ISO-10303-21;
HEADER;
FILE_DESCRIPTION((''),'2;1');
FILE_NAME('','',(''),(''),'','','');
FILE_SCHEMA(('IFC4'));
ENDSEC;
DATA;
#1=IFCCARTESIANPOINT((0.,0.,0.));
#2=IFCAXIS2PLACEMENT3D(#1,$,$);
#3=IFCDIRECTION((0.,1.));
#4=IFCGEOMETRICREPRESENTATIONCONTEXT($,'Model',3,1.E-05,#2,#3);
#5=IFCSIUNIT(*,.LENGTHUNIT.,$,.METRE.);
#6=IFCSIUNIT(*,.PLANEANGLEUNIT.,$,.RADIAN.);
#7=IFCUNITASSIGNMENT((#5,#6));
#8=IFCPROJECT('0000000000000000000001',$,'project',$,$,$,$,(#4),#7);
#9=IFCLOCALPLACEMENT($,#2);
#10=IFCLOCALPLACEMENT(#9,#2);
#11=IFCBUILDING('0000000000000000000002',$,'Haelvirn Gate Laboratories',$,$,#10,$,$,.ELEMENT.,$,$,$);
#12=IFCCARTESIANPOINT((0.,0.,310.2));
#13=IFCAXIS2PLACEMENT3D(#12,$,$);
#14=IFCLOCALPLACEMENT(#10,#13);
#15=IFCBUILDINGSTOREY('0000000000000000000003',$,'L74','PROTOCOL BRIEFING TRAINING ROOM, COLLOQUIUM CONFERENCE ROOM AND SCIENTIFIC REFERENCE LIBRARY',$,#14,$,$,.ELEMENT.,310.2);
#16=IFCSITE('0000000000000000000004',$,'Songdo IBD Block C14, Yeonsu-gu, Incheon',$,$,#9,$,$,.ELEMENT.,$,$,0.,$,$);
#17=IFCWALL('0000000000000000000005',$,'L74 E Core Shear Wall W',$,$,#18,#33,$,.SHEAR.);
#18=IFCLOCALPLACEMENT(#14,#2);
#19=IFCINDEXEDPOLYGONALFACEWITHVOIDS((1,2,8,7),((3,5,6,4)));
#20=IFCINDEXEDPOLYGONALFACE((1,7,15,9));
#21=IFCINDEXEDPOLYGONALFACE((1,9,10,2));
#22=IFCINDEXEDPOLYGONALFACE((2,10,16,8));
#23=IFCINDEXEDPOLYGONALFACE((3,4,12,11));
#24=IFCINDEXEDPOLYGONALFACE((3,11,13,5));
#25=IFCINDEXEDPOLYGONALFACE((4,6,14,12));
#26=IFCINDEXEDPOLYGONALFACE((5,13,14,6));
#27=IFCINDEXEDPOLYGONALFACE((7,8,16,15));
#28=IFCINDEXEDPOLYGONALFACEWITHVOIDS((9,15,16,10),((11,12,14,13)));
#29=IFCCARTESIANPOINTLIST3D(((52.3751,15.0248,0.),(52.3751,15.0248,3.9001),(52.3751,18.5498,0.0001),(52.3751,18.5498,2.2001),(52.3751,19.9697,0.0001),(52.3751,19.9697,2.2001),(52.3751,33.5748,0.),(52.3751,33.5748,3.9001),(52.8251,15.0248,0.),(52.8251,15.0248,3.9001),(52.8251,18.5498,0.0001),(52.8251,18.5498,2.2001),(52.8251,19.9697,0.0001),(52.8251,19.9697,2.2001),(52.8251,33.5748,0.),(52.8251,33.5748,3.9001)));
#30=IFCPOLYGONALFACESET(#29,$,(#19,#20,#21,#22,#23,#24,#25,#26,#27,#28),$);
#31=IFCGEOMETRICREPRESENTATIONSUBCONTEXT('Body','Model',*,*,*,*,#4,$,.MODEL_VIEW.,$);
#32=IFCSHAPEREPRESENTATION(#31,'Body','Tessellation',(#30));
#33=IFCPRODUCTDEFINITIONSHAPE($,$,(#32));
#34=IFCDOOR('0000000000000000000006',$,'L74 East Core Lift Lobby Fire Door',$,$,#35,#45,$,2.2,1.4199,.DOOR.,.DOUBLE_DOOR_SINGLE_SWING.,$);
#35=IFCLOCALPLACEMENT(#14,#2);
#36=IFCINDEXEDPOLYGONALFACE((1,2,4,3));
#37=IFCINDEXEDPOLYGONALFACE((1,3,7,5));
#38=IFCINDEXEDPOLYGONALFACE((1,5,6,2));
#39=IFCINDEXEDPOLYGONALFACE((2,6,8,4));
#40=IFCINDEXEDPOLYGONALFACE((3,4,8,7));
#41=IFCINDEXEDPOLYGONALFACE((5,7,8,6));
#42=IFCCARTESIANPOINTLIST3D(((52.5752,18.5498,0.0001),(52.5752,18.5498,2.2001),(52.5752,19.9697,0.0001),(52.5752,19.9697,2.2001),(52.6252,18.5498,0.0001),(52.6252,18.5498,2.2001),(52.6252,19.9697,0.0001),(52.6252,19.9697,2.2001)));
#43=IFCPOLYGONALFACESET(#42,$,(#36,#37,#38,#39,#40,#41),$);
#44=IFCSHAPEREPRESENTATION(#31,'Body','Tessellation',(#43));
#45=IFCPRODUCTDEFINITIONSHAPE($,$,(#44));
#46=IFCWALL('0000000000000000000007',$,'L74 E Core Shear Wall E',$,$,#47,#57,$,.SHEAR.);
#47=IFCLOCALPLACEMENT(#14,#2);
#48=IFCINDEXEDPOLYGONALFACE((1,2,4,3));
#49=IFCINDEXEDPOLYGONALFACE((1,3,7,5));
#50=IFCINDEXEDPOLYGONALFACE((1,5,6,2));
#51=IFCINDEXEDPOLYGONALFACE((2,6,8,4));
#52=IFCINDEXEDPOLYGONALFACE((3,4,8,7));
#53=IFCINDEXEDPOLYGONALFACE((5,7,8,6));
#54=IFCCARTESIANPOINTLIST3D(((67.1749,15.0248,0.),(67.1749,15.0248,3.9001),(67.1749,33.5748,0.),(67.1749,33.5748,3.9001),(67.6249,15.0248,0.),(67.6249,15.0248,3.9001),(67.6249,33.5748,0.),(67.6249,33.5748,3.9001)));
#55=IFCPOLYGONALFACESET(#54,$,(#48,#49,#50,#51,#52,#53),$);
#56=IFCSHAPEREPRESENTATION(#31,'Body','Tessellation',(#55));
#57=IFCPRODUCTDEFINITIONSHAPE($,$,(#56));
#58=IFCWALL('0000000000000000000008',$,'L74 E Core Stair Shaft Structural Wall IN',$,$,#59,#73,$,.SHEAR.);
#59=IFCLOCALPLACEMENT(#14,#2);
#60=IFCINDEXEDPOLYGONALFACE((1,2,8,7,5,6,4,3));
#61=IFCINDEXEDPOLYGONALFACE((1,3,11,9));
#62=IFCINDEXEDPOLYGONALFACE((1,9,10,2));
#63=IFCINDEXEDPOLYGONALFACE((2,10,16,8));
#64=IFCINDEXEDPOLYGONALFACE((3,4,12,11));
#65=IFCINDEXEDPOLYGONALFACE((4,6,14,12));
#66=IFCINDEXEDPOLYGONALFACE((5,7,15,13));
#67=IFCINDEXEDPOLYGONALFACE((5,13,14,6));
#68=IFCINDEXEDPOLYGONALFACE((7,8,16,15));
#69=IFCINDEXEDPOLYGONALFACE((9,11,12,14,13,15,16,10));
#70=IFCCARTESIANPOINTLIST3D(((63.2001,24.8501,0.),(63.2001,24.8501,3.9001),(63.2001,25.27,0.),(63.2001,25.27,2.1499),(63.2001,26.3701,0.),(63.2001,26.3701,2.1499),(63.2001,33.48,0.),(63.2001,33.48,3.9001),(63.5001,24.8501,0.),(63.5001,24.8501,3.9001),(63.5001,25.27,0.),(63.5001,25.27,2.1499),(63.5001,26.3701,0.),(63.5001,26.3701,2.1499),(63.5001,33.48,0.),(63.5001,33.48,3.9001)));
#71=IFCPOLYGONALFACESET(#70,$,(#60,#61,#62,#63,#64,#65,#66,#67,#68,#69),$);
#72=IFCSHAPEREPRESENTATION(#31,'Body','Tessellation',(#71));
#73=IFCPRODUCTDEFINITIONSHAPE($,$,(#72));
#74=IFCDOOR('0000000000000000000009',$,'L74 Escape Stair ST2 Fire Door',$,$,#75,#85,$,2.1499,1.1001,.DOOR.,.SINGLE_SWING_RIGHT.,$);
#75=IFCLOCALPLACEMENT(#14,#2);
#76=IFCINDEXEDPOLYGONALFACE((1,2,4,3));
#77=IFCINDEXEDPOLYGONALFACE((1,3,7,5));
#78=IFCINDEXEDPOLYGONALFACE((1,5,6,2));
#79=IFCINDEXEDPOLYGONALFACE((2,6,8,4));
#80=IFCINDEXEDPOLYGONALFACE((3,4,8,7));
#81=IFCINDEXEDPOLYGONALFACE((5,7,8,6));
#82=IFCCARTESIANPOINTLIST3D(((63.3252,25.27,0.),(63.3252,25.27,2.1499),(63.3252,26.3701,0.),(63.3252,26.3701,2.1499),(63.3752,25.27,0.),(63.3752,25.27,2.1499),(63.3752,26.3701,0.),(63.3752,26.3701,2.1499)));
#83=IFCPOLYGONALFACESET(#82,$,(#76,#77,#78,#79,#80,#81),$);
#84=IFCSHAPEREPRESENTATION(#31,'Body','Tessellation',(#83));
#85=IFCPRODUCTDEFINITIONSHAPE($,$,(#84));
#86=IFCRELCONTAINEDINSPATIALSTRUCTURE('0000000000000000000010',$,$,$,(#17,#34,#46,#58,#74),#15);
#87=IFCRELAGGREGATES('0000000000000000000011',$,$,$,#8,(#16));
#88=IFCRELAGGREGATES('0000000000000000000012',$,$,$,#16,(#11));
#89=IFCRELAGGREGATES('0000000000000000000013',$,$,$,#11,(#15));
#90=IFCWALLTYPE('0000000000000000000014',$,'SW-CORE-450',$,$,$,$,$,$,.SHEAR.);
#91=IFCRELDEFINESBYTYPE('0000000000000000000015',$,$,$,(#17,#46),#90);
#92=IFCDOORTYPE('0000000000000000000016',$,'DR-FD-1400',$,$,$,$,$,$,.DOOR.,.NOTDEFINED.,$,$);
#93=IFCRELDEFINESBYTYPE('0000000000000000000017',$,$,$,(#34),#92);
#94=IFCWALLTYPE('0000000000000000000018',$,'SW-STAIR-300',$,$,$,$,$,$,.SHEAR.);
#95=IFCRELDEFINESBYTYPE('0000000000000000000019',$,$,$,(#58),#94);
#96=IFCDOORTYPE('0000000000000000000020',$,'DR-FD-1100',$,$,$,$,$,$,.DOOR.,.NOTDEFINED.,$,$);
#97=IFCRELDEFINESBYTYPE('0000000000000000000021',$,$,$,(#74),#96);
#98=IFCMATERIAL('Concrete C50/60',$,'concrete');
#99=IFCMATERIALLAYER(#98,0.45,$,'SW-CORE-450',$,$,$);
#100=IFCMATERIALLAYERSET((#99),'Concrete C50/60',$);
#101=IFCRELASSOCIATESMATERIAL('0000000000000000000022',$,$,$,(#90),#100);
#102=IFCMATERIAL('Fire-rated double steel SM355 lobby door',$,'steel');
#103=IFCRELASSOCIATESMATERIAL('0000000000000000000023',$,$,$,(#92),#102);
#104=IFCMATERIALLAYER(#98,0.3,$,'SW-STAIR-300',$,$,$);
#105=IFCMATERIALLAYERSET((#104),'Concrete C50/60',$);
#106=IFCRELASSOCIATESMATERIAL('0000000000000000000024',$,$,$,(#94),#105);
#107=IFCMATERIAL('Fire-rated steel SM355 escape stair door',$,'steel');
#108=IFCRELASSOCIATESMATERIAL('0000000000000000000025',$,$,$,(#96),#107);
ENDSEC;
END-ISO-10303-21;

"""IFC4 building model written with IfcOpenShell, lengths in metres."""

from ifc_helpers import new_model, si_unit, direction, frame, frame_2d, origin, place, context, subcontext, project, spatial, rectangle, extrude, source, transform, mapped, material, layer, layer_set, type_object, type_shapes, element, fill, save


model = new_model("IFC4")

# Units and contexts
model_context = context("Model", 3, precision=1e-05, world=origin(), true_north=direction((0.0, 1.0)))
body_context = subcontext(model_context, "Body", "Model", "MODEL_VIEW")
ifc_project = project(units=[si_unit("LENGTHUNIT", "METRE"), si_unit("PLANEANGLEUNIT", "RADIAN")], contexts=[model_context])

# Site, building, storey
site_placement = place(None, origin())
site = spatial("IfcSite", under=ifc_project, at=site_placement, Name="Songdo IBD Block C14, Yeonsu-gu, Incheon", CompositionType="ELEMENT", RefElevation=0.0)
building_placement = place(site_placement, origin())
building = spatial("IfcBuilding", under=site, at=building_placement, Name="Haelvirn Gate Laboratories", CompositionType="ELEMENT")
storey_placement = place(building_placement, frame((0.0, 0.0, 310.2)))
storey = spatial("IfcBuildingStorey", under=building, at=storey_placement, Name="L74", Description="PROTOCOL BRIEFING TRAINING ROOM, COLLOQUIUM CONFERENCE ROOM AND SCIENTIFIC REFERENCE LIBRARY", CompositionType="ELEMENT", Elevation=310.2)

# Shared definitions
ifc_material_1 = material(Name="Concrete C50/60", Category="concrete")

# Wall, opening, door
ifc_layer_1 = layer(ifc_material_1, 0.45, Name="SW-CORE-450")
ifc_layer_set_1 = layer_set([ifc_layer_1], Name="Concrete C50/60")
wall_type_1 = type_object("IfcWallType", Name="SW-CORE-450", PredefinedType="SHEAR", material=ifc_layer_set_1)
wall_1_placement = place(storey_placement, frame((52.6001, 15.0249, 0.0), z_axis=(0.0, 0.0, 1.0), x_axis=(0.0, 1.0, 0.0)))
wall_1 = element("IfcWall", 1, at=wall_1_placement, inside=storey, type_object=wall_type_1, Name="L74 E Core Shear Wall W", PredefinedType="SHEAR", context=body_context, shape_type="SweptSolid", body=[
    extrude(rectangle(XDim=18.55, YDim=0.45, at=frame_2d((9.2749, 0.0))), origin(), (0.0, 0.0, 1.0), 3.9001),
])
opening_1_placement = place(wall_1_placement, frame((3.5249, 0.0, 0.0)))
opening_1 = element("IfcOpeningElement", 2, at=opening_1_placement, cuts=wall_1, PredefinedType="OPENING", context=body_context, shape_type="SweptSolid", body=[
    extrude(rectangle(XDim=1.4199, YDim=2.2, at=frame_2d((0.71, 1.1001))), frame((0.0, 0.2349, 0.0), z_axis=(0.0, -1.0, 0.0), x_axis=(1.0, 0.0, 0.0)), (0.0, 0.0, 1.0), 0.47),
])
ifc_material_2 = material(Name="Fire-rated double steel SM355 lobby door", Category="steel")
door_type_1 = type_object("IfcDoorType", Name="DR-FD-1400", OperationType="NOTDEFINED", PredefinedType="DOOR", material=ifc_material_2)
shared_shape_1 = source(origin(), body_context, "Body", "SweptSolid", [
    extrude(rectangle(XDim=1.4199, YDim=2.2, at=frame_2d((0.71, 1.1001))), frame((0.0, 0.0249, 0.0), z_axis=(0.0, -1.0, 0.0), x_axis=(1.0, 0.0, 0.0)), (0.0, 0.0, 1.0), 0.05),
])
type_shapes(door_type_1, [shared_shape_1])
door_1_placement = place(opening_1_placement, origin())
door_1 = element("IfcDoor", 3, at=door_1_placement, inside=storey, type_object=door_type_1, Name="L74 East Core Lift Lobby Fire Door", OperationType="DOUBLE_DOOR_SINGLE_SWING", OverallHeight=2.2, OverallWidth=1.4199, PredefinedType="DOOR", context=body_context, shape_type="MappedRepresentation", body=[
    mapped(shared_shape_1, transform((0.0, 0.0, 0.0), scale=1.0)),
])
fill(opening_1, door_1)

# Wall
wall_2_placement = place(storey_placement, frame((67.3999, 15.0249, 0.0), z_axis=(0.0, 0.0, 1.0), x_axis=(0.0, 1.0, 0.0)))
element("IfcWall", 4, at=wall_2_placement, inside=storey, type_object=wall_type_1, Name="L74 E Core Shear Wall E", PredefinedType="SHEAR", context=body_context, shape_type="SweptSolid", body=[
    extrude(rectangle(XDim=18.55, YDim=0.45, at=frame_2d((9.2749, 0.0))), origin(), (0.0, 0.0, 1.0), 3.9001),
])

# Wall, opening, door
ifc_layer_2 = layer(ifc_material_1, 0.3, Name="SW-STAIR-300")
ifc_layer_set_2 = layer_set([ifc_layer_2], Name="Concrete C50/60")
wall_type_2 = type_object("IfcWallType", Name="SW-STAIR-300", PredefinedType="SHEAR", material=ifc_layer_set_2)
wall_3_placement = place(storey_placement, frame((63.3501, 24.8501, 0.0), z_axis=(0.0, 0.0, 1.0), x_axis=(0.0, 1.0, 0.0)))
wall_3 = element("IfcWall", 5, at=wall_3_placement, inside=storey, type_object=wall_type_2, Name="L74 E Core Stair Shaft Structural Wall IN", PredefinedType="SHEAR", context=body_context, shape_type="SweptSolid", body=[
    extrude(rectangle(XDim=8.6299, YDim=0.3, at=frame_2d((4.3149, 0.0))), origin(), (0.0, 0.0, 1.0), 3.9001),
])
opening_2_placement = place(wall_3_placement, frame((0.4199, 0.0, 0.0)))
opening_2 = element("IfcOpeningElement", 6, at=opening_2_placement, cuts=wall_3, PredefinedType="OPENING", context=body_context, shape_type="SweptSolid", body=[
    extrude(rectangle(XDim=1.1001, YDim=2.1499, at=frame_2d((0.55, 1.075))), frame((0.0, 0.1602, 0.0), z_axis=(0.0, -1.0, 0.0), x_axis=(1.0, 0.0, 0.0)), (0.0, 0.0, 1.0), 0.3201),
])
ifc_material_3 = material(Name="Fire-rated steel SM355 escape stair door", Category="steel")
door_type_2 = type_object("IfcDoorType", Name="DR-FD-1100", OperationType="NOTDEFINED", PredefinedType="DOOR", material=ifc_material_3)
shared_shape_2 = source(origin(), body_context, "Body", "SweptSolid", [
    extrude(rectangle(XDim=1.1001, YDim=2.1499, at=frame_2d((0.55, 1.075))), frame((0.0, 0.0249, 0.0), z_axis=(0.0, -1.0, 0.0), x_axis=(1.0, 0.0, 0.0)), (0.0, 0.0, 1.0), 0.05),
])
type_shapes(door_type_2, [shared_shape_2])
door_2_placement = place(opening_2_placement, origin())
door_2 = element("IfcDoor", 7, at=door_2_placement, inside=storey, type_object=door_type_2, Name="L74 Escape Stair ST2 Fire Door", OperationType="SINGLE_SWING_RIGHT", OverallHeight=2.1499, OverallWidth=1.1001, PredefinedType="DOOR", context=body_context, shape_type="MappedRepresentation", body=[
    mapped(shared_shape_2, transform((0.0, 0.0, 0.0), scale=1.0)),
])
fill(opening_2, door_2)

save(model, "model.ifc")
